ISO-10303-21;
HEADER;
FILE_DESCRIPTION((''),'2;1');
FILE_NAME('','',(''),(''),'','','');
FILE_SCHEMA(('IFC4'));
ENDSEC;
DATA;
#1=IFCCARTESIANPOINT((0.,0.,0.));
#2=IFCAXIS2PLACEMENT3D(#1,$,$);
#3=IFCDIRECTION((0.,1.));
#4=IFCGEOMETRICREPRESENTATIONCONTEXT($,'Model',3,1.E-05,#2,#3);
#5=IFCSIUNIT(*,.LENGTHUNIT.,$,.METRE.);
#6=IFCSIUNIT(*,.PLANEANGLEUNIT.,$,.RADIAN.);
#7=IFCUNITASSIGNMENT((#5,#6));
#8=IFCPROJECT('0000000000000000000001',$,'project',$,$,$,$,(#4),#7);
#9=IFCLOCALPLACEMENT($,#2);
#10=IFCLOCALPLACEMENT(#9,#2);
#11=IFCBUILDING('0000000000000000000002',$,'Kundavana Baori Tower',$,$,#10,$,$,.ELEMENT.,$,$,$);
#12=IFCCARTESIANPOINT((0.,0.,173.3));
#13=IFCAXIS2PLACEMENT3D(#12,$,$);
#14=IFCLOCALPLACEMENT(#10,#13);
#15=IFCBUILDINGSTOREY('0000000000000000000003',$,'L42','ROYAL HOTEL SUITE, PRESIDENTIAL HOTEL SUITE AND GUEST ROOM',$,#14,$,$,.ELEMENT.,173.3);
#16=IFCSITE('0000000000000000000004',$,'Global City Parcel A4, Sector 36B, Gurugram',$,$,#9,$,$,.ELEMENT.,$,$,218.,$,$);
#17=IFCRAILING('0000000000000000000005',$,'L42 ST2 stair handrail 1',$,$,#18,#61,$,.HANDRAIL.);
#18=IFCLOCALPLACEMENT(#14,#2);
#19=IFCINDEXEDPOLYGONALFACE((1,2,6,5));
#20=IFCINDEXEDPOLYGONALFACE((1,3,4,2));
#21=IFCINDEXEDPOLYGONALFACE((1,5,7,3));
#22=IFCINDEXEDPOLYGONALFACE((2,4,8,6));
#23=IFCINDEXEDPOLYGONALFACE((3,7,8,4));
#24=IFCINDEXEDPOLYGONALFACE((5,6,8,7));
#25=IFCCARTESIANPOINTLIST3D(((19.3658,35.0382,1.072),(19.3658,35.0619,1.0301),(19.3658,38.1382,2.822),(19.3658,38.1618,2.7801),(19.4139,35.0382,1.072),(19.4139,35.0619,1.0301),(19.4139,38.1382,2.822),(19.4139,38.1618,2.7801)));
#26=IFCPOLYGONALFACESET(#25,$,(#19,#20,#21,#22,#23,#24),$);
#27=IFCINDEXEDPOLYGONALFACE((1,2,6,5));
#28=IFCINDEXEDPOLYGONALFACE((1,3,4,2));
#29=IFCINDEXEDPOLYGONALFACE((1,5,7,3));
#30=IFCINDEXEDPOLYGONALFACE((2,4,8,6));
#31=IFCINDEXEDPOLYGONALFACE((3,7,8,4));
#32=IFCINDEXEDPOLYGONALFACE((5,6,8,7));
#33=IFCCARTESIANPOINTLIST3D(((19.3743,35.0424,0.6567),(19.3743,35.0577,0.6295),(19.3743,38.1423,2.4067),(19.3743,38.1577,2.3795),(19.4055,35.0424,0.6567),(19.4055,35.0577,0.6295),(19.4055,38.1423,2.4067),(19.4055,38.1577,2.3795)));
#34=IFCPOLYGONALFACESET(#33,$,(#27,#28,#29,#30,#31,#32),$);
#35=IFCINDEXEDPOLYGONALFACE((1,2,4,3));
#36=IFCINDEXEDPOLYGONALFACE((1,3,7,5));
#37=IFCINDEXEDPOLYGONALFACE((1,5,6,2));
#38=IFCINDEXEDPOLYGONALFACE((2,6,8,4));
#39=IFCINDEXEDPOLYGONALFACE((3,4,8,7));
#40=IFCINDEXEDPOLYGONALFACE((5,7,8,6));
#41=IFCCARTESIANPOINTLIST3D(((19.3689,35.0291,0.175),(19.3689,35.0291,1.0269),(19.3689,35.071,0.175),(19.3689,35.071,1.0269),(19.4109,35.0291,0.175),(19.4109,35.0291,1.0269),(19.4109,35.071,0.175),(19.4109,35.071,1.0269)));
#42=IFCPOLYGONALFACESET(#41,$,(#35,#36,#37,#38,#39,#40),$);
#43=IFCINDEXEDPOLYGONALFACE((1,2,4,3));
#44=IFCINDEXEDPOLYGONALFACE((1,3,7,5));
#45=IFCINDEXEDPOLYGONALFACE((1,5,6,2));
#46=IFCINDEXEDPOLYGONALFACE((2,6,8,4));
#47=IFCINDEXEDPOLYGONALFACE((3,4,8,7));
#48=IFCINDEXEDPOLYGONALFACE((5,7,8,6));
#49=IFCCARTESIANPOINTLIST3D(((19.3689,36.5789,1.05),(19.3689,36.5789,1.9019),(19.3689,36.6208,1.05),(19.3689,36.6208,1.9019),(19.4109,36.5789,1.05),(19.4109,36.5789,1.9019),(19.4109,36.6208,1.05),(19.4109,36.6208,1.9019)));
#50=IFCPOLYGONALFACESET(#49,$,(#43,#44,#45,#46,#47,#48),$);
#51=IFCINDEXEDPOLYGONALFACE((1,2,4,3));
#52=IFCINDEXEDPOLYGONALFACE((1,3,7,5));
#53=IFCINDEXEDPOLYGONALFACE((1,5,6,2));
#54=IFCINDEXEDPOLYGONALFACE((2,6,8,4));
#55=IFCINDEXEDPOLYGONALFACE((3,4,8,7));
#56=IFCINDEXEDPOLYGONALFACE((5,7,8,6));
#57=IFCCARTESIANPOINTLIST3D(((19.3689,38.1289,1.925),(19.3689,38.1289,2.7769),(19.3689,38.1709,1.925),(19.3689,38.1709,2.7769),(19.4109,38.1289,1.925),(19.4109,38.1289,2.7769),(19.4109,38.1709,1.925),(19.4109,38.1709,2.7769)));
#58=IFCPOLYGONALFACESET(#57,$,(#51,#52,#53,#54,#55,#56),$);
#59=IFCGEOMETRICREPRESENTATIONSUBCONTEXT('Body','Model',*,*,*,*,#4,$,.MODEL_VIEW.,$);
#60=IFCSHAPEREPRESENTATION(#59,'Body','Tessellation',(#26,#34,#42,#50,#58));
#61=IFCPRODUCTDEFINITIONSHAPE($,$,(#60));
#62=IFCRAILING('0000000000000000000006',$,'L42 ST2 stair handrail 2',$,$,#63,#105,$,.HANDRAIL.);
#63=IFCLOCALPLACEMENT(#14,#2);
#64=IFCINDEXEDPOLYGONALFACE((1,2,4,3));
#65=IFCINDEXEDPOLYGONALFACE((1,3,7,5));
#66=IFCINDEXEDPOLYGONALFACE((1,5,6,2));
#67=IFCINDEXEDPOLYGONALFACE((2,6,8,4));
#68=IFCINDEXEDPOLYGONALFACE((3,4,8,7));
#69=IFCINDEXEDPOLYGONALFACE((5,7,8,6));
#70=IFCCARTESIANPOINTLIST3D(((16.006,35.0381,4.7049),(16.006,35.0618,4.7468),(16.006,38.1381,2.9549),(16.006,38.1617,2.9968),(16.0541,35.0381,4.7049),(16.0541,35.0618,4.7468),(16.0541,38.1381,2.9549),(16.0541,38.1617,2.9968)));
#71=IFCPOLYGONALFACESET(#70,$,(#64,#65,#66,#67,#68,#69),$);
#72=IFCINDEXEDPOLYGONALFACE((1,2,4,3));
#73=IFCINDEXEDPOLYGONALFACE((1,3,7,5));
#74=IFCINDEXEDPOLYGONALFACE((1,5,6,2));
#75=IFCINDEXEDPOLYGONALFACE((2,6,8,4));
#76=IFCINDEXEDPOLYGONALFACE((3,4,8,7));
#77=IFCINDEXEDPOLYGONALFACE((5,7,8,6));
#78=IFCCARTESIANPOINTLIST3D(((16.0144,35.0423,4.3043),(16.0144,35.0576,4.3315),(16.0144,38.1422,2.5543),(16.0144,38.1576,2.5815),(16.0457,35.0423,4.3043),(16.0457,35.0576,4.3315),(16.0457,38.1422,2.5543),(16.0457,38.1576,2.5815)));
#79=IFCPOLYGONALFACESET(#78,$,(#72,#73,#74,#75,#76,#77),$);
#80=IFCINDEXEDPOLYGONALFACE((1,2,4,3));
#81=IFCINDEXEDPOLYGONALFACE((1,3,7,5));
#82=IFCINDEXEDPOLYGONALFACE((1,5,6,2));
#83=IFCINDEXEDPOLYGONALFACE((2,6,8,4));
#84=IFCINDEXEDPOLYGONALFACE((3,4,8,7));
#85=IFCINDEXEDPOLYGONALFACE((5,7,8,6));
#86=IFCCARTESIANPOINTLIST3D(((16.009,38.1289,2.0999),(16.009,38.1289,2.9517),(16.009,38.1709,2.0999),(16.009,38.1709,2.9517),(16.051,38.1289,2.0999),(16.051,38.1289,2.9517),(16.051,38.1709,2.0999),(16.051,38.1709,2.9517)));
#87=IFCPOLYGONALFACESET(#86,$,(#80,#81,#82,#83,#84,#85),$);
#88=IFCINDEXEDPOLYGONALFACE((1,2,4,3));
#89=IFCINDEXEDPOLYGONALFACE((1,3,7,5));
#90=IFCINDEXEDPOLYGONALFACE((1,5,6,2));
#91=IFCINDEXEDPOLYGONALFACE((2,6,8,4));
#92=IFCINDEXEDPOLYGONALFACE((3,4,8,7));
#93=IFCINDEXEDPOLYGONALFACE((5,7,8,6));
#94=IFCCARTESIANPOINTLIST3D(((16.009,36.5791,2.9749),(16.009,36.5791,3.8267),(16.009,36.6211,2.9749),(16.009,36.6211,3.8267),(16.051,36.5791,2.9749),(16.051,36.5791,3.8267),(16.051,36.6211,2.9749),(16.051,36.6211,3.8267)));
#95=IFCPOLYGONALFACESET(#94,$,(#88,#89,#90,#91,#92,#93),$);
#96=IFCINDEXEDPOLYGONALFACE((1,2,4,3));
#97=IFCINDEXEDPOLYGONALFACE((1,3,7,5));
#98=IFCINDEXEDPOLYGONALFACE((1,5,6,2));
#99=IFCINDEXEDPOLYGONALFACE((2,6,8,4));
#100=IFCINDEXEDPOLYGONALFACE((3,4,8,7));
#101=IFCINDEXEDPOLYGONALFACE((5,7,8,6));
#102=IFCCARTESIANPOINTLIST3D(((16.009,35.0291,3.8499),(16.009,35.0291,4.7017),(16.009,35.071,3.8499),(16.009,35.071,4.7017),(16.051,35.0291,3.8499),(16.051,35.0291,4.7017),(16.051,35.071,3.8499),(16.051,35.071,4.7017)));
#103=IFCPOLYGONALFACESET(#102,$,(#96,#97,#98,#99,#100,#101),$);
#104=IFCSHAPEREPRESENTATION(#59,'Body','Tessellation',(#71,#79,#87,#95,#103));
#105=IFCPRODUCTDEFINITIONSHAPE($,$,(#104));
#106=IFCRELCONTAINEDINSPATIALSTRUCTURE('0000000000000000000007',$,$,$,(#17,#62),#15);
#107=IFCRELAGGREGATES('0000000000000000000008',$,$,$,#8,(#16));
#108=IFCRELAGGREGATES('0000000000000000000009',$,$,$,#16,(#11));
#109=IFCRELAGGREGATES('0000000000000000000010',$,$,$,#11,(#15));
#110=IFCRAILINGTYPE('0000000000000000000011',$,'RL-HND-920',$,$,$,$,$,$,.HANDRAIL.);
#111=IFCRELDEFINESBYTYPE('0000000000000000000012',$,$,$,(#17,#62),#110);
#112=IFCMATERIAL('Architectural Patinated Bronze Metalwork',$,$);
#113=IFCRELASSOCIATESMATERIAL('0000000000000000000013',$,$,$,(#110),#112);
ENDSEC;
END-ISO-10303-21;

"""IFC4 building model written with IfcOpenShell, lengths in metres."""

from ifc_helpers import new_model, si_unit, direction, frame, origin, origin_2d, place, context, subcontext, project, spatial, rectangle, extrude, material, type_object, element, save


model = new_model("IFC4")

# Units and contexts
model_context = context("Model", 3, precision=1e-05, world=origin(), true_north=direction((0.0, 1.0)))
body_context = subcontext(model_context, "Body", "Model", "MODEL_VIEW")
ifc_project = project(units=[si_unit("LENGTHUNIT", "METRE"), si_unit("PLANEANGLEUNIT", "RADIAN")], contexts=[model_context])

# Site, building, storey
site_placement = place(None, origin())
site = spatial("IfcSite", under=ifc_project, at=site_placement, Name="Global City Parcel A4, Sector 36B, Gurugram", CompositionType="ELEMENT", RefElevation=218.0)
building_placement = place(site_placement, origin())
building = spatial("IfcBuilding", under=site, at=building_placement, Name="Kundavana Baori Tower", CompositionType="ELEMENT")
storey_placement = place(building_placement, frame((0.0, 0.0, 173.3)))
storey = spatial("IfcBuildingStorey", under=building, at=storey_placement, Name="L42", Description="ROYAL HOTEL SUITE, PRESIDENTIAL HOTEL SUITE AND GUEST ROOM", CompositionType="ELEMENT", Elevation=173.3)

# Railings
ifc_material_1 = material(Name="Architectural Patinated Bronze Metalwork")
railing_type_1 = type_object("IfcRailingType", Name="RL-HND-920", PredefinedType="HANDRAIL", material=ifc_material_1)
railing_1_placement = place(storey_placement, frame((19.3899, 35.05, 0.175)))
element("IfcRailing", 1, at=railing_1_placement, inside=storey, type_object=railing_type_1, Name="L42 ST2 stair handrail 1", PredefinedType="HANDRAIL", context=body_context, shape_type="SweptSolid", body=[
    extrude(rectangle(XDim=0.0481, YDim=0.0481, at=origin_2d()), frame((0.0, 0.0, 0.876), z_axis=(0.0, 0.870814, 0.491612), x_axis=(-1.0, 0.0, 0.0)), (0.0, 0.0, 1.0), 3.5598),
    extrude(rectangle(XDim=0.0312, YDim=0.0312, at=origin_2d()), frame((0.0, 0.0, 0.468), z_axis=(0.0, 0.870814, 0.491612), x_axis=(-1.0, 0.0, 0.0)), (0.0, 0.0, 1.0), 3.5598),
    extrude(rectangle(XDim=0.042, YDim=0.042, at=origin_2d()), origin(), (0.0, 0.0, 1.0), 0.8518),
    extrude(rectangle(XDim=0.042, YDim=0.042, at=origin_2d()), frame((0.0, 1.5498, 0.875)), (0.0, 0.0, 1.0), 0.8518),
    extrude(rectangle(XDim=0.042, YDim=0.042, at=origin_2d()), frame((0.0, 3.0999, 1.75)), (0.0, 0.0, 1.0), 0.8518),
])
railing_2_placement = place(storey_placement, frame((16.03, 38.1499, 2.0999)))
element("IfcRailing", 2, at=railing_2_placement, inside=storey, type_object=railing_type_1, Name="L42 ST2 stair handrail 2", PredefinedType="HANDRAIL", context=body_context, shape_type="SweptSolid", body=[
    extrude(rectangle(XDim=0.0481, YDim=0.0481, at=origin_2d()), frame((0.0, 0.0, 0.876), z_axis=(0.0, -0.870814, 0.491612), x_axis=(1.0, 0.0, 0.0)), (0.0, 0.0, 1.0), 3.5598),
    extrude(rectangle(XDim=0.0312, YDim=0.0312, at=origin_2d()), frame((0.0, 0.0, 0.468), z_axis=(0.0, -0.870814, 0.491612), x_axis=(1.0, 0.0, 0.0)), (0.0, 0.0, 1.0), 3.5598),
    extrude(rectangle(XDim=0.042, YDim=0.042, at=origin_2d()), origin(), (0.0, 0.0, 1.0), 0.8518),
    extrude(rectangle(XDim=0.042, YDim=0.042, at=origin_2d()), frame((0.0, -1.5498, 0.875)), (0.0, 0.0, 1.0), 0.8518),
    extrude(rectangle(XDim=0.042, YDim=0.042, at=origin_2d()), frame((0.0, -3.0999, 1.75)), (0.0, 0.0, 1.0), 0.8518),
])

save(model, "model.ifc")
